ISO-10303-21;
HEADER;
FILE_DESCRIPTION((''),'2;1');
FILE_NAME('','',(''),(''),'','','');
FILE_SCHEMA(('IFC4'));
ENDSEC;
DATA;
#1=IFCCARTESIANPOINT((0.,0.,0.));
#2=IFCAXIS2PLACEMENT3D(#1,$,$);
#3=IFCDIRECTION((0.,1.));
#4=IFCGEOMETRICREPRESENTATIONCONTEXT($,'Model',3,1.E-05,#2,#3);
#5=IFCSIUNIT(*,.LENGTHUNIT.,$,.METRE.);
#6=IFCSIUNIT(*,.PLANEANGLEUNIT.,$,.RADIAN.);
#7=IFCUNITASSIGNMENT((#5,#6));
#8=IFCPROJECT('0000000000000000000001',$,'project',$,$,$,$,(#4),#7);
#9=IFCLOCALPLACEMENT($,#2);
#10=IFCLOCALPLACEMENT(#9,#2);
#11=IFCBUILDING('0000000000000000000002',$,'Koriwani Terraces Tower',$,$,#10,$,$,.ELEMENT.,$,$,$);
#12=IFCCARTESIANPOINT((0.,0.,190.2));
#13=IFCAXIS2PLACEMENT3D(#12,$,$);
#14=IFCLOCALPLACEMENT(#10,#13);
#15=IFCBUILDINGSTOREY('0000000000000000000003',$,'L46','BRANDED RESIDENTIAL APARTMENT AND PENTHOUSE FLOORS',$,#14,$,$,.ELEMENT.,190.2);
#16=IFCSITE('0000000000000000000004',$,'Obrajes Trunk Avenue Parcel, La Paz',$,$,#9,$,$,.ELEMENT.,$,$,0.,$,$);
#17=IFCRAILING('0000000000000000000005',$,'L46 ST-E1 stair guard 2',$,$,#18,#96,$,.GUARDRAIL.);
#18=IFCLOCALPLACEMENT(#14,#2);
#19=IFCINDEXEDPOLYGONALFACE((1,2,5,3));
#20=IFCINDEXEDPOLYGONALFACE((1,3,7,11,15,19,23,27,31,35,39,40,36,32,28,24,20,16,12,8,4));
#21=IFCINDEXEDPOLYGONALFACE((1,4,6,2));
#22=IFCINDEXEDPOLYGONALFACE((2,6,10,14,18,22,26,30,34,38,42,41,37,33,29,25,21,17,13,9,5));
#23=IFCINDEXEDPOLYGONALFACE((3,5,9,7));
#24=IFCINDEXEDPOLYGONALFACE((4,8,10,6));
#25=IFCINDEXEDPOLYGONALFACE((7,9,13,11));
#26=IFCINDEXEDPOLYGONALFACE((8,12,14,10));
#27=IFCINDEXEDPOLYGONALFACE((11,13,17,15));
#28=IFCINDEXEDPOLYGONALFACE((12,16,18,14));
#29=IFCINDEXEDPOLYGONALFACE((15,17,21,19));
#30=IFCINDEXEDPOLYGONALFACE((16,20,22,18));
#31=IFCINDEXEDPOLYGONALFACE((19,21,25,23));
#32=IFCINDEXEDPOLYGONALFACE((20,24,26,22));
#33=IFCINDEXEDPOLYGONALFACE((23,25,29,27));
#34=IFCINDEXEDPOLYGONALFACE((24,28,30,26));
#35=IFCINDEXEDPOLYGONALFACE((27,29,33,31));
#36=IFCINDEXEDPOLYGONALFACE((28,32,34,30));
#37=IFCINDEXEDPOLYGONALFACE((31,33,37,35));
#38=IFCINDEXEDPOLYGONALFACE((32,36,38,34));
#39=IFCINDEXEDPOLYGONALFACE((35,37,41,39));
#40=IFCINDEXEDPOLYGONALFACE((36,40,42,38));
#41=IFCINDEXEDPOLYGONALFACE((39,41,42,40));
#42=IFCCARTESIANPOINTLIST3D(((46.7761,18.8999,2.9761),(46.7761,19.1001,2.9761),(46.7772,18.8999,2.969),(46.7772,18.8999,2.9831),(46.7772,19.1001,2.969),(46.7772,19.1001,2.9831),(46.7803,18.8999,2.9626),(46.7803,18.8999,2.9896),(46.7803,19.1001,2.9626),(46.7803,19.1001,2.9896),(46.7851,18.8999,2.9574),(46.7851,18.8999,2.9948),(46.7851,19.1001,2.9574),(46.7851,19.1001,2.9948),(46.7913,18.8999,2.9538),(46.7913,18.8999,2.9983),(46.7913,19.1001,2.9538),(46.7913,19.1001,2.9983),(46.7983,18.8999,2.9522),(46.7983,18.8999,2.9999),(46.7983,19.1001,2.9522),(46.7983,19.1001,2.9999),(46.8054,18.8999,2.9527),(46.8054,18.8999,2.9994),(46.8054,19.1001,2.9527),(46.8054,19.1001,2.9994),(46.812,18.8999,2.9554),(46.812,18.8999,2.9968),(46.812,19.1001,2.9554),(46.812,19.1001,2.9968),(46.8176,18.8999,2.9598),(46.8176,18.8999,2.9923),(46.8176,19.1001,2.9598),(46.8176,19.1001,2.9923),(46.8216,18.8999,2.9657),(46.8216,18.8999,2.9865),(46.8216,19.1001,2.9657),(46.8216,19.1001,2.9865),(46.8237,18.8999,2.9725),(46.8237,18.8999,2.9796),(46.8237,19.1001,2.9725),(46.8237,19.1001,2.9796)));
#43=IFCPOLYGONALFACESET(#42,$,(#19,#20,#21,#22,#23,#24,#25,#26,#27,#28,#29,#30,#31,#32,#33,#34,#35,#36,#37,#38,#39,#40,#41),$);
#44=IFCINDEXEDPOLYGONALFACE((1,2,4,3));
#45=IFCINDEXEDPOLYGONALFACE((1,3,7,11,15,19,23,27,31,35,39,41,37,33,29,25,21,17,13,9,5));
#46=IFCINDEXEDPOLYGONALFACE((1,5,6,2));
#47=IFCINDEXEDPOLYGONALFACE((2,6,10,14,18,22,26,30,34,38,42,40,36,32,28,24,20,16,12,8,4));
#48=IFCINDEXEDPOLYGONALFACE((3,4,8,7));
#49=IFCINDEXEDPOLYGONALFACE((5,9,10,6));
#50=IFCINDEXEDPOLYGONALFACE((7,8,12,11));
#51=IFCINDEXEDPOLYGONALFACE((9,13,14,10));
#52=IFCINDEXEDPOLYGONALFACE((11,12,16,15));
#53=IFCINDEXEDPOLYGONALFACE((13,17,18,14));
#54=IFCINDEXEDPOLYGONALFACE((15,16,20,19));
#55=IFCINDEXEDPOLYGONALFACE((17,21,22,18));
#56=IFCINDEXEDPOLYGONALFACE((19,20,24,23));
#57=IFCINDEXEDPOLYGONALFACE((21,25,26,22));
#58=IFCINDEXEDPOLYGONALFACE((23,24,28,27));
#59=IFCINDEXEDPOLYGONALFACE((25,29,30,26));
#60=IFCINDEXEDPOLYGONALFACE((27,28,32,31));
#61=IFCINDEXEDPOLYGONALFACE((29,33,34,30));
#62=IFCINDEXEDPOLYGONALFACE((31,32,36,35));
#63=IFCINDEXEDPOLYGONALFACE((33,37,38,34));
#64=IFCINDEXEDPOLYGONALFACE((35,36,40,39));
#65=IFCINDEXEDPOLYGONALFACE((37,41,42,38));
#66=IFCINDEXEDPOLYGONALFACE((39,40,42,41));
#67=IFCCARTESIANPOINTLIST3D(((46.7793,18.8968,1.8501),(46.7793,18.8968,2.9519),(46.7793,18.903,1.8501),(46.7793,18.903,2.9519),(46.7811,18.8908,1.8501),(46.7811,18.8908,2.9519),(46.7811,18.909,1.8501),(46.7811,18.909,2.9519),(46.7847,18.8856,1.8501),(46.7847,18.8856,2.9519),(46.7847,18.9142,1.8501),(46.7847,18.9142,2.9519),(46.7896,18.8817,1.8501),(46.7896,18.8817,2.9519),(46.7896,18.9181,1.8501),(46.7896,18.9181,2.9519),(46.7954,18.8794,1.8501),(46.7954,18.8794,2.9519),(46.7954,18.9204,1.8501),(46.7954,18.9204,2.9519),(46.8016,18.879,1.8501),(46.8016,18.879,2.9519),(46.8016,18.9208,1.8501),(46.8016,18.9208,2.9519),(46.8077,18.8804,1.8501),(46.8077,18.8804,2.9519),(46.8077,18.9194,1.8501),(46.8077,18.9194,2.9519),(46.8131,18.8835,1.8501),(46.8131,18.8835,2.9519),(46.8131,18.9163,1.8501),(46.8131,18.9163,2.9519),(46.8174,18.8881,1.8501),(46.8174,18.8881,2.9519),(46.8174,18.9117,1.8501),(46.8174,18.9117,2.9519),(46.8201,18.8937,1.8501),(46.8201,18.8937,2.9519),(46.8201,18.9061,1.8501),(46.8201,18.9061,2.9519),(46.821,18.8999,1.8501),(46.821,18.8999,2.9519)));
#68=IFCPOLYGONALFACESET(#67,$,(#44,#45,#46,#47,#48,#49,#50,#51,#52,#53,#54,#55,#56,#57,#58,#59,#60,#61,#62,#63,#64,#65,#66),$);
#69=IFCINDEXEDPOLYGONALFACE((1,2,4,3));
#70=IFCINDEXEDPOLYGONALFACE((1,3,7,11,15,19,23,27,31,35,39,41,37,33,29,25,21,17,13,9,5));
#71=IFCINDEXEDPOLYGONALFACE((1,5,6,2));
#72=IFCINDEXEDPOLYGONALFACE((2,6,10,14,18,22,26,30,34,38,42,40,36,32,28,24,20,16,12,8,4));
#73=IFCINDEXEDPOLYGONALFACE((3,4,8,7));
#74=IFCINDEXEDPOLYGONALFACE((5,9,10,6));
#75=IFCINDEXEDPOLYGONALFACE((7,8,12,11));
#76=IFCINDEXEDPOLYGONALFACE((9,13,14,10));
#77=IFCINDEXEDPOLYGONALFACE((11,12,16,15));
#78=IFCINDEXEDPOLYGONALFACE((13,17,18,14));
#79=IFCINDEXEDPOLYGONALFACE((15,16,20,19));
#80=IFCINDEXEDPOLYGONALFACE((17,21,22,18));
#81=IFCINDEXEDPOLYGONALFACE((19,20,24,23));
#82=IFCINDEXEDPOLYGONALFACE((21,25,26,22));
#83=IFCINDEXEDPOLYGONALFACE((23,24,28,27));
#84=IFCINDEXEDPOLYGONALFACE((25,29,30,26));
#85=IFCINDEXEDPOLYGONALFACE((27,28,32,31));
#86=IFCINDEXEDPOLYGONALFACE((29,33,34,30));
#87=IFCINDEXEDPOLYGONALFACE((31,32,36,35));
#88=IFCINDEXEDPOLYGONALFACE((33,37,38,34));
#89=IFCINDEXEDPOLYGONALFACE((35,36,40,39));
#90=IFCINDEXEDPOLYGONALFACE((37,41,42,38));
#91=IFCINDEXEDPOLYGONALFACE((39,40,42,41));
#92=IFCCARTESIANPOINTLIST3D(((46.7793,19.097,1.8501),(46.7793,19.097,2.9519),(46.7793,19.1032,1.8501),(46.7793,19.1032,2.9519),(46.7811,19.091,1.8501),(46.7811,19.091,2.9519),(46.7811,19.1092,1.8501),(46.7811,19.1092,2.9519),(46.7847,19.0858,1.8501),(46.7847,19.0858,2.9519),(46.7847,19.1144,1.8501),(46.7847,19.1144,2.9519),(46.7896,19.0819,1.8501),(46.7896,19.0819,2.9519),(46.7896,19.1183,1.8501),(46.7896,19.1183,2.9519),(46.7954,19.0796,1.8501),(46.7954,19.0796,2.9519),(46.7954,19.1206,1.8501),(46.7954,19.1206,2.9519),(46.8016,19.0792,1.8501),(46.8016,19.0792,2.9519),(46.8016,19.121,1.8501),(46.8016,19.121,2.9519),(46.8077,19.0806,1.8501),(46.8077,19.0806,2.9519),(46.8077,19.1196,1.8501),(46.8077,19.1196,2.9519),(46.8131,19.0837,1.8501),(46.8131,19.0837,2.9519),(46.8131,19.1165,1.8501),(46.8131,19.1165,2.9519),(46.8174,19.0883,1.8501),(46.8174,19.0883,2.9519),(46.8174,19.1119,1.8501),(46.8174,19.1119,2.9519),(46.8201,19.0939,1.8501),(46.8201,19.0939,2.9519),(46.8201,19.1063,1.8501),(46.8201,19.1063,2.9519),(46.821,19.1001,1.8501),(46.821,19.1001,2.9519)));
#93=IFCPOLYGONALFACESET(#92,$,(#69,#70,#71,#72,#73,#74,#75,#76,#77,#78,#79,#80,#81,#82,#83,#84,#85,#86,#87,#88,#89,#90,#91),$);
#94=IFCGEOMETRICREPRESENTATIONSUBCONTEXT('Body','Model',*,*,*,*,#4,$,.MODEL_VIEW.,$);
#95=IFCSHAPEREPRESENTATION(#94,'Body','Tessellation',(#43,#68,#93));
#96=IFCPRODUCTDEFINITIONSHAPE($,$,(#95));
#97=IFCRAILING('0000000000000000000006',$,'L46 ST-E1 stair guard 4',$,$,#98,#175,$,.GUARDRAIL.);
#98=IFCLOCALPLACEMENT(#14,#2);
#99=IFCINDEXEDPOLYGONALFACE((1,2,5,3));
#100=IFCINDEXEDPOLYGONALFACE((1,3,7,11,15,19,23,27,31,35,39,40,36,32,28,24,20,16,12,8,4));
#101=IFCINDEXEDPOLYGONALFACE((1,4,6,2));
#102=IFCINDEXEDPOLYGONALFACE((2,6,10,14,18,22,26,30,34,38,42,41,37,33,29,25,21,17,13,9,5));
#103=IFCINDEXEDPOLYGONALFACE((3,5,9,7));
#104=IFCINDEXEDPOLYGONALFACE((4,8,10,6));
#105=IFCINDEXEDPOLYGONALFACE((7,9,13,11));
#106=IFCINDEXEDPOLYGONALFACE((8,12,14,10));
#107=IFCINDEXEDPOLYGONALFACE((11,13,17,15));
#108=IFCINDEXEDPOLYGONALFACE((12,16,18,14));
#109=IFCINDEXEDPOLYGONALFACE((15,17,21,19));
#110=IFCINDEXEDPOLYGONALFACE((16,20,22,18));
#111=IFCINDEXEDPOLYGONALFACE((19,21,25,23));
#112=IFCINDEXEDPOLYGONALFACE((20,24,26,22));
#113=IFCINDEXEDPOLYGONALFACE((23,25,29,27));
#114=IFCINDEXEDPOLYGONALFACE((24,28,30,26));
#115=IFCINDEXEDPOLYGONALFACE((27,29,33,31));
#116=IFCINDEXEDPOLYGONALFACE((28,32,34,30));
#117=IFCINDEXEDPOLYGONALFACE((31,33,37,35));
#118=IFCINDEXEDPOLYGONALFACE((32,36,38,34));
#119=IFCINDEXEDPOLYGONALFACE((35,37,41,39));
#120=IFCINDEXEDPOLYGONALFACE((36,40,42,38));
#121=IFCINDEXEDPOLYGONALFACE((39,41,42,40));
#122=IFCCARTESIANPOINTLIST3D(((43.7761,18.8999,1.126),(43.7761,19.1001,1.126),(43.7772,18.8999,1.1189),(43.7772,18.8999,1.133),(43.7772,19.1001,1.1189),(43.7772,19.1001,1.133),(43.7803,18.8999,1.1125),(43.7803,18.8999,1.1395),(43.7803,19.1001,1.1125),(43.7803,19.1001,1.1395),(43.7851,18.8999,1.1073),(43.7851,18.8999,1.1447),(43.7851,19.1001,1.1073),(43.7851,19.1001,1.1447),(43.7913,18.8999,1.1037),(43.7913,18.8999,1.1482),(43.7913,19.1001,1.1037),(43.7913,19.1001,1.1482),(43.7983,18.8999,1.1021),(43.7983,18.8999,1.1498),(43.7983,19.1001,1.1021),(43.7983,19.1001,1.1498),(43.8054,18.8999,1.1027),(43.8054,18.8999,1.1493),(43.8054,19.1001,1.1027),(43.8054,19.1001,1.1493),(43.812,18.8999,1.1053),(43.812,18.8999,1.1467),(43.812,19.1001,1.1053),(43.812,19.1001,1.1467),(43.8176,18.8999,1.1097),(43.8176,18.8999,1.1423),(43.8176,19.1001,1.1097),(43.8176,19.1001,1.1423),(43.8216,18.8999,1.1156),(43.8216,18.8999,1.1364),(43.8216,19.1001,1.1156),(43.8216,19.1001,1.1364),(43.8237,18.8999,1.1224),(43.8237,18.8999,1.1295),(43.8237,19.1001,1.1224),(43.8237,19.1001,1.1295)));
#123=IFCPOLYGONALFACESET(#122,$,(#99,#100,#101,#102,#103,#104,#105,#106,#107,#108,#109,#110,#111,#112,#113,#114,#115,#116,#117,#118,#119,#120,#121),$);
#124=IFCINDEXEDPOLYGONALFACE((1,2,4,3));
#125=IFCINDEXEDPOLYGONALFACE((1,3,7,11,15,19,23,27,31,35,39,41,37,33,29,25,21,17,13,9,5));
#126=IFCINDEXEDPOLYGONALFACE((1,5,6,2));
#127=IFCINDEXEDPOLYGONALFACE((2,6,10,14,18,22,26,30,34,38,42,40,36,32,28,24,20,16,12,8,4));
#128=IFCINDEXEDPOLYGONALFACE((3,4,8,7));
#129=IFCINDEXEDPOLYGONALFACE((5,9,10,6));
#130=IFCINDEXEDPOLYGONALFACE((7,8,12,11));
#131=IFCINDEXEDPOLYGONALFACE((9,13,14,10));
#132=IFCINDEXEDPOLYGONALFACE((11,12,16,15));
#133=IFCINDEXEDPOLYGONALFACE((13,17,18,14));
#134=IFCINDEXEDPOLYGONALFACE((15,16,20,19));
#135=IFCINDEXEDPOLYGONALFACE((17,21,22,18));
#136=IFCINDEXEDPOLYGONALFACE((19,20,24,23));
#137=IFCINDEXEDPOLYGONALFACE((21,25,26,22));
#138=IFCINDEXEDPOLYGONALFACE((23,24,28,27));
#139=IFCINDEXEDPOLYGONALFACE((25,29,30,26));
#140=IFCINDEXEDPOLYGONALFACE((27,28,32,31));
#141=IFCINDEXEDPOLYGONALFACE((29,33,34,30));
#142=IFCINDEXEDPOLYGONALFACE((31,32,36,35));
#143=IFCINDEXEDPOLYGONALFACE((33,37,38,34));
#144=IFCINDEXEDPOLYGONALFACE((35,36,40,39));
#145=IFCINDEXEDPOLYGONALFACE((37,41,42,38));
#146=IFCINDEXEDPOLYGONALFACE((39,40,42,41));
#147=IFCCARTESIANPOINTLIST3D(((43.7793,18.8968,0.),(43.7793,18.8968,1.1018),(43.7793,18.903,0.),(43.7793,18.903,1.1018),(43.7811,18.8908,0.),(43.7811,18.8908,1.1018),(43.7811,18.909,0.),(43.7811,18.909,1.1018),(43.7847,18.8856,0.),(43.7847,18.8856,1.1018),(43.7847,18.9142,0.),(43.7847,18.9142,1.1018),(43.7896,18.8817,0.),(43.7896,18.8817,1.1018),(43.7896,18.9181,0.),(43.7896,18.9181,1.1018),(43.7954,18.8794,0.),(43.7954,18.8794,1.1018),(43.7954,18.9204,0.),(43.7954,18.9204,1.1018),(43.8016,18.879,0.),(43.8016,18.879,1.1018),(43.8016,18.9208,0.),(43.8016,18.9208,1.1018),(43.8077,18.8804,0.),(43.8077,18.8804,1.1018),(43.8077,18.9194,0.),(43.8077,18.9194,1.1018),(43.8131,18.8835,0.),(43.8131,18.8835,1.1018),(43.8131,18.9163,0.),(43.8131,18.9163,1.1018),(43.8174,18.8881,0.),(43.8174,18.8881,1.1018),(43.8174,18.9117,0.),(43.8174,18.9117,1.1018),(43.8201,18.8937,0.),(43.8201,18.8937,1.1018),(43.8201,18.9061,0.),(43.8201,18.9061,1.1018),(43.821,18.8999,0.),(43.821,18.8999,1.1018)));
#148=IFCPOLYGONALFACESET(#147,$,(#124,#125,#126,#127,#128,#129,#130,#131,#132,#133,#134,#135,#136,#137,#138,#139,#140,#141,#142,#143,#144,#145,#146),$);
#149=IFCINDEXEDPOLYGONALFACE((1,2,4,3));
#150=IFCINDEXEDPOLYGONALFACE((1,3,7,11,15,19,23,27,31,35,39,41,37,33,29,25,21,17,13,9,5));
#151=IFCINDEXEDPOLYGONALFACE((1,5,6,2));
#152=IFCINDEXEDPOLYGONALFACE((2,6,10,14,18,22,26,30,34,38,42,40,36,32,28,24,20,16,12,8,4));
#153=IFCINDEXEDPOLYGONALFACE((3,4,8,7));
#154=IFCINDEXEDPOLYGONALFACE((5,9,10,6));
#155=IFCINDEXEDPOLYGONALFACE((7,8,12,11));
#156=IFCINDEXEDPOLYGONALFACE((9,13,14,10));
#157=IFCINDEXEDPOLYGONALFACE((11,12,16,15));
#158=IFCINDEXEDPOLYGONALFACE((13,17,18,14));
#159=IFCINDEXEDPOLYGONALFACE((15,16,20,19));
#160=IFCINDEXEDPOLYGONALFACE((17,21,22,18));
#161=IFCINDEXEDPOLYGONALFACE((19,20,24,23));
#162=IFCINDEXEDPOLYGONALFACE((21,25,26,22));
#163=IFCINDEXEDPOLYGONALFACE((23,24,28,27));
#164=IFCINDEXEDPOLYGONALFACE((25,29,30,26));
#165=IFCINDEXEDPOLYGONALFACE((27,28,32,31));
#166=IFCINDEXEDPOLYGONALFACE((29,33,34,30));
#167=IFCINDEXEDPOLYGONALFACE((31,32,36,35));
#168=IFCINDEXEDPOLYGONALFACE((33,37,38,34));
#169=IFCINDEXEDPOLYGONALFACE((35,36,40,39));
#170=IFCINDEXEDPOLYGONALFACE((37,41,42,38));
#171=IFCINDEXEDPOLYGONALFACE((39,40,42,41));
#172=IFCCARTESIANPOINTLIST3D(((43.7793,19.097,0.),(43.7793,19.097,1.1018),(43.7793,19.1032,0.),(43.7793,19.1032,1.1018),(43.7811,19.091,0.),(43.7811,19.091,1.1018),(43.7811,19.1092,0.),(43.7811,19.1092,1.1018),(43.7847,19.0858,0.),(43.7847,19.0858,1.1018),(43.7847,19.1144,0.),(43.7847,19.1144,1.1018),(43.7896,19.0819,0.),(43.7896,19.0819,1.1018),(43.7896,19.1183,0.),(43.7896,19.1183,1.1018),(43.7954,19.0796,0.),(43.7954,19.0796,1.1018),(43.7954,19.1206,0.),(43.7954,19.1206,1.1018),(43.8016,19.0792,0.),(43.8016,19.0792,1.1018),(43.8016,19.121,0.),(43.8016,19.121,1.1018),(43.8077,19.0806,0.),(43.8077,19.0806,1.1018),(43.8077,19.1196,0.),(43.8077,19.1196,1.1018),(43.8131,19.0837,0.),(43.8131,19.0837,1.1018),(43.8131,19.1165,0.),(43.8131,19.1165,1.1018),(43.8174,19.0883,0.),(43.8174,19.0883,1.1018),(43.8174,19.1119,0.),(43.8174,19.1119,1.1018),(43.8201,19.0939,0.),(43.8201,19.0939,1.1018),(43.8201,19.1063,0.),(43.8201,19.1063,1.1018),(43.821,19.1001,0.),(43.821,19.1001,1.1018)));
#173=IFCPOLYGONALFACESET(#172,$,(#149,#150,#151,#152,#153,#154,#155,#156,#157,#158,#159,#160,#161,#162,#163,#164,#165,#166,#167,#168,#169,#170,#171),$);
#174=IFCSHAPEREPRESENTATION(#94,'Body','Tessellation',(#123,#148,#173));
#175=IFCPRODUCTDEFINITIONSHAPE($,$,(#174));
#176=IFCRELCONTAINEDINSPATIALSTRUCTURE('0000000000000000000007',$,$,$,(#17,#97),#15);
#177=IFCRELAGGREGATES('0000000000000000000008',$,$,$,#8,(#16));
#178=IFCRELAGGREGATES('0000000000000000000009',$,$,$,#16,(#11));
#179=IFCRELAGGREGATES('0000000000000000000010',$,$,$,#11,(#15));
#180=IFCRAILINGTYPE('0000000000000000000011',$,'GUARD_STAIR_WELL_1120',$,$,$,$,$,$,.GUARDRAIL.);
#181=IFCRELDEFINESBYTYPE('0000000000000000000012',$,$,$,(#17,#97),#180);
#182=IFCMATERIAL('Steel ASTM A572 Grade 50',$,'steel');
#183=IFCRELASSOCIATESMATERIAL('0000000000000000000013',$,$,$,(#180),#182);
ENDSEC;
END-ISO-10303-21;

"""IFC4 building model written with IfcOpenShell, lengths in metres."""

from ifc_helpers import new_model, si_unit, direction, frame, origin, origin_2d, place, context, subcontext, project, spatial, circle, extrude, material, type_object, element, save


model = new_model("IFC4")

# Units and contexts
model_context = context("Model", 3, precision=1e-05, world=origin(), true_north=direction((0.0, 1.0)))
body_context = subcontext(model_context, "Body", "Model", "MODEL_VIEW")
ifc_project = project(units=[si_unit("LENGTHUNIT", "METRE"), si_unit("PLANEANGLEUNIT", "RADIAN")], contexts=[model_context])

# Site, building, storey
site_placement = place(None, origin())
site = spatial("IfcSite", under=ifc_project, at=site_placement, Name="Obrajes Trunk Avenue Parcel, La Paz", CompositionType="ELEMENT", RefElevation=0.0)
building_placement = place(site_placement, origin())
building = spatial("IfcBuilding", under=site, at=building_placement, Name="Koriwani Terraces Tower", CompositionType="ELEMENT")
storey_placement = place(building_placement, frame((0.0, 0.0, 190.2)))
storey = spatial("IfcBuildingStorey", under=building, at=storey_placement, Name="L46", Description="BRANDED RESIDENTIAL APARTMENT AND PENTHOUSE FLOORS", CompositionType="ELEMENT", Elevation=190.2)

# Shared definitions
ifc_material_1 = material(Name="Steel ASTM A572 Grade 50", Category="steel")

# Railings
railing_type_1 = type_object("IfcRailingType", Name="GUARD_STAIR_WELL_1120", PredefinedType="GUARDRAIL", material=ifc_material_1)
for number, where, name in (
    (1, (46.8, 18.8999, 1.8501), "L46 ST-E1 stair guard 2"),
    (2, (43.8, 18.8999, 0.0), "L46 ST-E1 stair guard 4"),
):
    element("IfcRailing", number, at=place(storey_placement, frame(where)), inside=storey, type_object=railing_type_1, Name=name, PredefinedType="GUARDRAIL", context=body_context, shape_type="SweptSolid", body=[
        extrude(circle(Radius=0.0239, at=origin_2d()), frame((0.0, 0.0, 1.126), z_axis=(0.0, 1.0, 0.0), x_axis=(-1.0, 0.0, 0.0)), (0.0, 0.0, 1.0), 0.2002),
        extrude(circle(Radius=0.021, at=origin_2d()), origin(), (0.0, 0.0, 1.0), 1.1018),
        extrude(circle(Radius=0.021, at=origin_2d()), frame((0.0, 0.2002, 0.0)), (0.0, 0.0, 1.0), 1.1018),
    ])

save(model, "model.ifc")
